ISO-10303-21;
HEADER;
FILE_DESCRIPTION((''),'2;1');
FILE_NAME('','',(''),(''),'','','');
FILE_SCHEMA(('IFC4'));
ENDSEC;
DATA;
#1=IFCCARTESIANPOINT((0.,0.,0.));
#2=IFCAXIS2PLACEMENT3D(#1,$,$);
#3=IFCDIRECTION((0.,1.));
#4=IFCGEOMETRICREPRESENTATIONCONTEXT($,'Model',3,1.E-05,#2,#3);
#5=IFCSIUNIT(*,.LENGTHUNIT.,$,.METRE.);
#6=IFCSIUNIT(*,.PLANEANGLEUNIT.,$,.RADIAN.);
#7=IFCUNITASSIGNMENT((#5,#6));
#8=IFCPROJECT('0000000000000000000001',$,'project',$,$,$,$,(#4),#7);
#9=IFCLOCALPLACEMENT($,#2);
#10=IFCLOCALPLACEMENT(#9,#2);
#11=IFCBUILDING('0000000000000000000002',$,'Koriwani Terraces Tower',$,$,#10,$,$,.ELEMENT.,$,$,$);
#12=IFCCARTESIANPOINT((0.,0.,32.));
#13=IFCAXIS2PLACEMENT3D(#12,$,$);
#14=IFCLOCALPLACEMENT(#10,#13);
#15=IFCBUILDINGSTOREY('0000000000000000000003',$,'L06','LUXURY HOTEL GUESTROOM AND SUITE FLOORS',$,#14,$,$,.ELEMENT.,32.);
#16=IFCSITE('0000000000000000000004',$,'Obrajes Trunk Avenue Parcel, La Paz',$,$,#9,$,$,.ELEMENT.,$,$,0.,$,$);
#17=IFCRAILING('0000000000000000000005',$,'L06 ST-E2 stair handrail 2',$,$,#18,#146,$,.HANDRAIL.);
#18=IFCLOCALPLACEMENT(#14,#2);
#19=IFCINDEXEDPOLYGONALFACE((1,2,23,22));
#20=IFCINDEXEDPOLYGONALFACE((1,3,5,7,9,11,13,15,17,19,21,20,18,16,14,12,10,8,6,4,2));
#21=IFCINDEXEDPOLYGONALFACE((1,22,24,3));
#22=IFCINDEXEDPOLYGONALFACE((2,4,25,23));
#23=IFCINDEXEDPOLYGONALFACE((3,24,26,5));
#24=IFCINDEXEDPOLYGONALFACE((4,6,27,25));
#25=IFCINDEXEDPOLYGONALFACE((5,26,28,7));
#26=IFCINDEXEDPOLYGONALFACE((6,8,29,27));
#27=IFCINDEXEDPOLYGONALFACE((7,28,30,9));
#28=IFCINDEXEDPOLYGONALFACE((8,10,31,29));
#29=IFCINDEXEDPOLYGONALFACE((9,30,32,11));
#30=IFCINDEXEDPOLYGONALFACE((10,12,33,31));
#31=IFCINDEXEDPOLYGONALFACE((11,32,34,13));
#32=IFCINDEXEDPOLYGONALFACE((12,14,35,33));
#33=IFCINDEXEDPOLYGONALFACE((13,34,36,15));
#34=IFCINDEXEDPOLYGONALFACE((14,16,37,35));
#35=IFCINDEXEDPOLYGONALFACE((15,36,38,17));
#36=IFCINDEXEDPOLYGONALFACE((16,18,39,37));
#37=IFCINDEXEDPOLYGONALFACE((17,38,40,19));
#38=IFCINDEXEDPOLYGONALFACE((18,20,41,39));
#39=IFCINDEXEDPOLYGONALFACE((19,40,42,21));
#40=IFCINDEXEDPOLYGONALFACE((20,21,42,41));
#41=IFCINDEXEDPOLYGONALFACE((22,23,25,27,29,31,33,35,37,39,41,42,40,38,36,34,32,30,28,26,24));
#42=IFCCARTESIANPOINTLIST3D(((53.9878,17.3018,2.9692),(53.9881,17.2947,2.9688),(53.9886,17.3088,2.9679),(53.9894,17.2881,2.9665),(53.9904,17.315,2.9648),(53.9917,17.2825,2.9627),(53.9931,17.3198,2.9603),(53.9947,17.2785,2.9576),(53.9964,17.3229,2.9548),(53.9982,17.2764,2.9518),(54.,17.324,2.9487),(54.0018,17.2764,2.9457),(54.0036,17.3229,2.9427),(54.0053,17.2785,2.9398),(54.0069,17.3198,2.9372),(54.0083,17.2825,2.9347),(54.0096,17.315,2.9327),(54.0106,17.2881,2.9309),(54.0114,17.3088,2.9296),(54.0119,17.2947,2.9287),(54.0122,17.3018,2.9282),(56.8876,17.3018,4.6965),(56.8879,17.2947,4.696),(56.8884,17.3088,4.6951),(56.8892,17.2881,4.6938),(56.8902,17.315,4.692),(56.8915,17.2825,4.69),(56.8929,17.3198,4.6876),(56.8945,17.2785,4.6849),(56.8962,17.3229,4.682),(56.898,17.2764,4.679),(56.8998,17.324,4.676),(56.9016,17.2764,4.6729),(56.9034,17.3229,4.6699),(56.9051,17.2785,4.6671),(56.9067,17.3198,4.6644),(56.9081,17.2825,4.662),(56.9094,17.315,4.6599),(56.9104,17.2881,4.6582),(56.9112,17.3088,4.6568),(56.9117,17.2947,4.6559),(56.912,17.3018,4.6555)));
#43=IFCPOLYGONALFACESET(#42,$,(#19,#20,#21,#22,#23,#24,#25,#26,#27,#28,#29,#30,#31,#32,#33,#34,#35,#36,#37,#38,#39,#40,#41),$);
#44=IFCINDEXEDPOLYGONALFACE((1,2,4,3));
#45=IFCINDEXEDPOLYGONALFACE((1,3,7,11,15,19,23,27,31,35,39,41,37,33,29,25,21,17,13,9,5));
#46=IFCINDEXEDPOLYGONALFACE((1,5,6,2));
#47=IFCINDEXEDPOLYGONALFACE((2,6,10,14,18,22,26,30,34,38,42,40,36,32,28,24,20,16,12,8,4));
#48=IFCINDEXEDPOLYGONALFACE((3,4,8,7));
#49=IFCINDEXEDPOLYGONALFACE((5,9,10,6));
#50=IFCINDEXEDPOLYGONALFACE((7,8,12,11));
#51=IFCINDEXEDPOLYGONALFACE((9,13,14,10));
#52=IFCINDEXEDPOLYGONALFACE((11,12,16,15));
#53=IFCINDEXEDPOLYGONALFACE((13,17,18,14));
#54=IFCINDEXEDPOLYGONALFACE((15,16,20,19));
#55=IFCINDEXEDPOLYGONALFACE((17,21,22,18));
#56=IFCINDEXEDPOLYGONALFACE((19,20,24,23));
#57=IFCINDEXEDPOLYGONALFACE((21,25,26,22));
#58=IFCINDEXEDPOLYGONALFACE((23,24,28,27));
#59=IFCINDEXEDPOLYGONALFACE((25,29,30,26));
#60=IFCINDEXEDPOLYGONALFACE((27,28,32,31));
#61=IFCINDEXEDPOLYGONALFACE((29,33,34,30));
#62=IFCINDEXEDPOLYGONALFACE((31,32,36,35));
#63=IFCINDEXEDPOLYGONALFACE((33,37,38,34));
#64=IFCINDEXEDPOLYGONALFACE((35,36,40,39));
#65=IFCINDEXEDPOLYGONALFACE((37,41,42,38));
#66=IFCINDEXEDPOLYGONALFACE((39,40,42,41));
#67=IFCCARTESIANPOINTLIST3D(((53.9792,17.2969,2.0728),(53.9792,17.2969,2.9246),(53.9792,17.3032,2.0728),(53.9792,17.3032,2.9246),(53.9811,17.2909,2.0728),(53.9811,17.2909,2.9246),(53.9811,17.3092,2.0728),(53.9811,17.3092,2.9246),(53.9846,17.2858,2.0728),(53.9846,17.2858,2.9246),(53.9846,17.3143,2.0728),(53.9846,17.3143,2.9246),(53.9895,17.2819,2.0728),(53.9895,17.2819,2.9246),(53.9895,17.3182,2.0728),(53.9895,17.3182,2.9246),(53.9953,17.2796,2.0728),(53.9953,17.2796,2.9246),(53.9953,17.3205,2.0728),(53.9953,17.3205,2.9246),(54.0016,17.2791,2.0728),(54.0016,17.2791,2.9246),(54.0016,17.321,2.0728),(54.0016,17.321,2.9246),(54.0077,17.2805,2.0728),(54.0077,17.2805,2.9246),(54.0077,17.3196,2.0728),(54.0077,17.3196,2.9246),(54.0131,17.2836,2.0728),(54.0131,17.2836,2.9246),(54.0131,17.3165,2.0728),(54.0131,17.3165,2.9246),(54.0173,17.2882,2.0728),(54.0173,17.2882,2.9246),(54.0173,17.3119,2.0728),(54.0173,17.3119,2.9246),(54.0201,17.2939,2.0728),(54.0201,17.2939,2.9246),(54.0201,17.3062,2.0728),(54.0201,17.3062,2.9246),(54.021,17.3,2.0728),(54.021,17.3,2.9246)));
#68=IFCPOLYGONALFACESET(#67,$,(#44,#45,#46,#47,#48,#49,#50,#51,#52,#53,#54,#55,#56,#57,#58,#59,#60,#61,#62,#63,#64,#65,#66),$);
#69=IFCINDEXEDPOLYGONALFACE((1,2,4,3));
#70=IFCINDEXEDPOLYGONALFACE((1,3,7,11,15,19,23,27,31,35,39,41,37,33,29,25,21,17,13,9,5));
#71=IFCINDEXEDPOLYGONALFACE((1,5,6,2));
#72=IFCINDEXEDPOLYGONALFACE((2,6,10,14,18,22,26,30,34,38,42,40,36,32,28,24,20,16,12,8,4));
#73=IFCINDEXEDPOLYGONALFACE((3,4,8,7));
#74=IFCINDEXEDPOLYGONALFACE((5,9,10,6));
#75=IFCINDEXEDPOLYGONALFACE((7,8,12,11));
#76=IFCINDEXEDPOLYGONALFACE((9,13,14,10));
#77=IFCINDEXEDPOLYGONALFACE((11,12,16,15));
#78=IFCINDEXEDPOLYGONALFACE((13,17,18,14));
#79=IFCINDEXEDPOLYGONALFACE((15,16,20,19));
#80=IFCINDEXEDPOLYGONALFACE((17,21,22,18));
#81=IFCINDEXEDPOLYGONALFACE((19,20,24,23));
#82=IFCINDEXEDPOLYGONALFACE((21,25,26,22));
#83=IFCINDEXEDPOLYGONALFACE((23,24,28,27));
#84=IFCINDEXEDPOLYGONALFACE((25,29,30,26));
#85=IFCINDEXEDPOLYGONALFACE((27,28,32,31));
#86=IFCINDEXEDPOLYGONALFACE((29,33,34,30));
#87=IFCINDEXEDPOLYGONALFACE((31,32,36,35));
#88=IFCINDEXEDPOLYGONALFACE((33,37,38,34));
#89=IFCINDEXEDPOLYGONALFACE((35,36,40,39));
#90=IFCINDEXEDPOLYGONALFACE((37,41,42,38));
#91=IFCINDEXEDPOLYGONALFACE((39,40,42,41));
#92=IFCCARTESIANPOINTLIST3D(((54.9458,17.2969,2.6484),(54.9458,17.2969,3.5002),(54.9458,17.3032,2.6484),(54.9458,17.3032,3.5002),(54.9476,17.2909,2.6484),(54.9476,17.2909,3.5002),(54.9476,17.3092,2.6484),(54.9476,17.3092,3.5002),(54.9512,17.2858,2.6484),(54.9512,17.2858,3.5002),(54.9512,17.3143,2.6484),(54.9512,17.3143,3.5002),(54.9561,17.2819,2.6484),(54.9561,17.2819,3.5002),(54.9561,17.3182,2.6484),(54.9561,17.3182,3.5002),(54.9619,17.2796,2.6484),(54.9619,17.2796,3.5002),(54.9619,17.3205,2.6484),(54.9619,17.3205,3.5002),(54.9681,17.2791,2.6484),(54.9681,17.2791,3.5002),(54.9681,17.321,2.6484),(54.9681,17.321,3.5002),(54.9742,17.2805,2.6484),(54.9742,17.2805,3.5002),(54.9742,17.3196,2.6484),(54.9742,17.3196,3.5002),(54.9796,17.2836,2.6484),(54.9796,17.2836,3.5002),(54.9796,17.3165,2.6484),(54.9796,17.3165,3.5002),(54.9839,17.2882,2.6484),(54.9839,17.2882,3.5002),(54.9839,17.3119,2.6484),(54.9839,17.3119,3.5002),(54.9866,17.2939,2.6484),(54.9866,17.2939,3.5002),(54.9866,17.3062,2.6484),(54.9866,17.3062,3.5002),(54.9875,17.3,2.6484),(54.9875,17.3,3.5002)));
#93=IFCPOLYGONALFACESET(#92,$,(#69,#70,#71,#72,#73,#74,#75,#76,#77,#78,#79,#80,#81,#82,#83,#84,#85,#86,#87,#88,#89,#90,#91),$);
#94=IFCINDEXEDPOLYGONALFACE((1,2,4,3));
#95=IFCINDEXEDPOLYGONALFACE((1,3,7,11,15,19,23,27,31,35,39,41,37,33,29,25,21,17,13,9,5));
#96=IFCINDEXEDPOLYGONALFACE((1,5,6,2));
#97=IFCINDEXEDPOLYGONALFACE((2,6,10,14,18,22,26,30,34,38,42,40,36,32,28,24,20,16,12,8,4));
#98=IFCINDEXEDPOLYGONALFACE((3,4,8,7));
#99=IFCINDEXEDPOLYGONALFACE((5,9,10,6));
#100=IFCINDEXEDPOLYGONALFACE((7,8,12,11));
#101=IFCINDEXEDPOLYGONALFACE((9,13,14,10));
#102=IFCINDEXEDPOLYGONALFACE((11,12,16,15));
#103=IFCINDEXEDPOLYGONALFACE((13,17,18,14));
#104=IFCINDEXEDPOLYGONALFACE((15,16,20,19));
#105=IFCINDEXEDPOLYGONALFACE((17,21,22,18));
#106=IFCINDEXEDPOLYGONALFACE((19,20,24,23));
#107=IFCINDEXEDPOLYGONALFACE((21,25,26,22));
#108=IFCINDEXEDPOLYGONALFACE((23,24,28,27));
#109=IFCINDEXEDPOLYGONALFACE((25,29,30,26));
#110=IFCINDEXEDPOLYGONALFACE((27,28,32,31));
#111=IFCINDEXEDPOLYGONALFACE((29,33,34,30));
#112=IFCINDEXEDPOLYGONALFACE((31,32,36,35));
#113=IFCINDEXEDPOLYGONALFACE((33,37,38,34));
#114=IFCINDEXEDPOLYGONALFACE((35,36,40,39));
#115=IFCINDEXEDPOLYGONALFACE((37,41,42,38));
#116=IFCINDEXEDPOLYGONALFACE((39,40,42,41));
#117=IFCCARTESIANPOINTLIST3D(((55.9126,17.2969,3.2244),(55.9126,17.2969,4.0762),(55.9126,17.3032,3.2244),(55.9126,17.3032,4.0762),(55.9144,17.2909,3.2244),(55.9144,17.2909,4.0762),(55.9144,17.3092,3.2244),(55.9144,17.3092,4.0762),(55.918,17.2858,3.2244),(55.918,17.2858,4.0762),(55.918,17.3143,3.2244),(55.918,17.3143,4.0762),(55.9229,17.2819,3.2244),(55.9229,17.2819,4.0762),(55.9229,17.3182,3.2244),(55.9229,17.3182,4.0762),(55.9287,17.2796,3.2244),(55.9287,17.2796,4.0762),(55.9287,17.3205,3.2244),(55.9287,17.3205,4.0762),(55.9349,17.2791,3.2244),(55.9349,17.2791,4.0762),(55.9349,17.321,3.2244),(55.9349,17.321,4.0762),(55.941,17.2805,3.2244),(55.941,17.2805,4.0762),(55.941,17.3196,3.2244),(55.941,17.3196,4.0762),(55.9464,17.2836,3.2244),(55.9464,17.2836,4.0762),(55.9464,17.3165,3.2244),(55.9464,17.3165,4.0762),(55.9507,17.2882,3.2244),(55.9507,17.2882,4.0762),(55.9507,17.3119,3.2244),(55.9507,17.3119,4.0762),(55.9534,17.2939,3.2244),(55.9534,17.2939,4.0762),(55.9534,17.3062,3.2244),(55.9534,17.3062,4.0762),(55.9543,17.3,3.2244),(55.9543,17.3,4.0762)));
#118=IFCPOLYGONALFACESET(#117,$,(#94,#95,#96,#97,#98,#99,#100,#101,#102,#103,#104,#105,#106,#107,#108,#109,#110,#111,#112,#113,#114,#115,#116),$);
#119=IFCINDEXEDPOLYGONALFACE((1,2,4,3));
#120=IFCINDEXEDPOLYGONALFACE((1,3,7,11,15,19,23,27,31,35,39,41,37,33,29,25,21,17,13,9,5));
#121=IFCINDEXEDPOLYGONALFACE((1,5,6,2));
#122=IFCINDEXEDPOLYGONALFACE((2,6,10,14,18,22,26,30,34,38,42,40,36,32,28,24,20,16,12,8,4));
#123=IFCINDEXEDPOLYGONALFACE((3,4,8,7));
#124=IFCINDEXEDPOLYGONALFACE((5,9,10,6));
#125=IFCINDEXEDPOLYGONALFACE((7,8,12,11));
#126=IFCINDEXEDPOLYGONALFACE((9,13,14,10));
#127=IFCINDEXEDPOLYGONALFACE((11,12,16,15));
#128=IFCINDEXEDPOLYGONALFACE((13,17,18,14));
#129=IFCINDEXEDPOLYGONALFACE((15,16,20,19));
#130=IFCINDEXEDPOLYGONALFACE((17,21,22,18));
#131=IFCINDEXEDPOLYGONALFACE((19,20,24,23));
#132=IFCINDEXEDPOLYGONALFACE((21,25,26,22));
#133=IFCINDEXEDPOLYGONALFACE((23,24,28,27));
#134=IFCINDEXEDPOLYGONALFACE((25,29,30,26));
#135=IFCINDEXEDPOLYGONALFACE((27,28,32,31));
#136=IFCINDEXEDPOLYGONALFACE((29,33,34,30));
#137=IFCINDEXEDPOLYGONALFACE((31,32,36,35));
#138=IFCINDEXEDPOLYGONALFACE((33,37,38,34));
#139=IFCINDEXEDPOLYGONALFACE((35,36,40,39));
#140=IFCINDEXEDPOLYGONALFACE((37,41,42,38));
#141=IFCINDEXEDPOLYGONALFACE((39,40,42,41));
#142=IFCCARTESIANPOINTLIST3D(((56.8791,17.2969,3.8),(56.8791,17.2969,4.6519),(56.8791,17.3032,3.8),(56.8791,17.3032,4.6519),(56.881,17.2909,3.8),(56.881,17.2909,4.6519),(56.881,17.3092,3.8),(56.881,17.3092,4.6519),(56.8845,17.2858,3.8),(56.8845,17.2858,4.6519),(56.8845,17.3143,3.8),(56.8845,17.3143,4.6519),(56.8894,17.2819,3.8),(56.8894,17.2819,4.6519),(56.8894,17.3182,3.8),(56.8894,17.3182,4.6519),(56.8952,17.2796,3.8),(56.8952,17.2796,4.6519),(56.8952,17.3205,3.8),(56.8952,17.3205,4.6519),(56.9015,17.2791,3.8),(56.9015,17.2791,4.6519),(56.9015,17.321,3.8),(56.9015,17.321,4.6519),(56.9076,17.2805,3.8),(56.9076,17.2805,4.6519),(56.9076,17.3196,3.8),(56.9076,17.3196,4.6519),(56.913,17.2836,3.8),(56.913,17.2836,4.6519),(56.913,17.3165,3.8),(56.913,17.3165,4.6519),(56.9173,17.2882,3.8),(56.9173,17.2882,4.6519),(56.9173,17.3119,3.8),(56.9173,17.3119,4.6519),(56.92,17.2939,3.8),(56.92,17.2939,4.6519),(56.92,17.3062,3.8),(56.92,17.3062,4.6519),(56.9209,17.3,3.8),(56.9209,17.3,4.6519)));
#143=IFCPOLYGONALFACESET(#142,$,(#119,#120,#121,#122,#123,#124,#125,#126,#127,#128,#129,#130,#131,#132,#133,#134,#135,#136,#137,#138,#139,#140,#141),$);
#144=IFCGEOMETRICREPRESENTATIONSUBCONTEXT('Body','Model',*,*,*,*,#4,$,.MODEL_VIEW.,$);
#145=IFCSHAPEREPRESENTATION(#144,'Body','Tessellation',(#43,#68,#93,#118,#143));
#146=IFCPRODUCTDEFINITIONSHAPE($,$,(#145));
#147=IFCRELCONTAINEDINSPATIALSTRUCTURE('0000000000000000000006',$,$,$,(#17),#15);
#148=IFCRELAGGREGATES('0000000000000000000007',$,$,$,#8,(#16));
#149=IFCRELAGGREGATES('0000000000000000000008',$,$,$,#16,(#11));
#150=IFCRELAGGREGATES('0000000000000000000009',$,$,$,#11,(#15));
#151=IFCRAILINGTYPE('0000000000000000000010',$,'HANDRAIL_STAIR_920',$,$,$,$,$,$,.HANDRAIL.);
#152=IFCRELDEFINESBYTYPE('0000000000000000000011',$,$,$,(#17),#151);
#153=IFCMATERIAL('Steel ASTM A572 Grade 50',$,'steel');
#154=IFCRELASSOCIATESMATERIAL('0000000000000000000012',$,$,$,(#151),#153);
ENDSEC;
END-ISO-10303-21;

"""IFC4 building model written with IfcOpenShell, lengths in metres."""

from ifc_helpers import new_model, si_unit, direction, frame, origin, origin_2d, place, context, subcontext, project, spatial, circle, extrude, material, type_object, element, save


model = new_model("IFC4")

# Units and contexts
model_context = context("Model", 3, precision=1e-05, world=origin(), true_north=direction((0.0, 1.0)))
body_context = subcontext(model_context, "Body", "Model", "MODEL_VIEW")
ifc_project = project(units=[si_unit("LENGTHUNIT", "METRE"), si_unit("PLANEANGLEUNIT", "RADIAN")], contexts=[model_context])

# Site, building, storey
site_placement = place(None, origin())
site = spatial("IfcSite", under=ifc_project, at=site_placement, Name="Obrajes Trunk Avenue Parcel, La Paz", CompositionType="ELEMENT", RefElevation=0.0)
building_placement = place(site_placement, origin())
building = spatial("IfcBuilding", under=site, at=building_placement, Name="Koriwani Terraces Tower", CompositionType="ELEMENT")
storey_placement = place(building_placement, frame((0.0, 0.0, 32.0)))
storey = spatial("IfcBuildingStorey", under=building, at=storey_placement, Name="L06", Description="LUXURY HOTEL GUESTROOM AND SUITE FLOORS", CompositionType="ELEMENT", Elevation=32.0)

# Railing
ifc_material_1 = material(Name="Steel ASTM A572 Grade 50", Category="steel")
railing_type = type_object("IfcRailingType", Name="HANDRAIL_STAIR_920", PredefinedType="HANDRAIL", material=ifc_material_1)
railing_placement = place(storey_placement, frame((54.0, 17.3, 2.0728)))
element("IfcRailing", 1, at=railing_placement, inside=storey, type_object=railing_type, Name="L06 ST-E2 stair handrail 2", PredefinedType="HANDRAIL", context=body_context, shape_type="SweptSolid", body=[
    extrude(circle(Radius=0.0239, at=origin_2d()), frame((0.0, 0.0, 0.876), z_axis=(0.859141, 0.0, 0.511738), x_axis=(0.0, 1.0, 0.0)), (0.0, 0.0, 1.0), 3.3752),
    extrude(circle(Radius=0.021, at=origin_2d()), origin(), (0.0, 0.0, 1.0), 0.8518),
    extrude(circle(Radius=0.021, at=origin_2d()), frame((0.9666, 0.0, 0.5757)), (0.0, 0.0, 1.0), 0.8518),
    extrude(circle(Radius=0.021, at=origin_2d()), frame((1.9333, 0.0, 1.1516)), (0.0, 0.0, 1.0), 0.8518),
    extrude(circle(Radius=0.021, at=origin_2d()), frame((2.8999, 0.0, 1.7273)), (0.0, 0.0, 1.0), 0.8518),
])

save(model, "model.ifc")
